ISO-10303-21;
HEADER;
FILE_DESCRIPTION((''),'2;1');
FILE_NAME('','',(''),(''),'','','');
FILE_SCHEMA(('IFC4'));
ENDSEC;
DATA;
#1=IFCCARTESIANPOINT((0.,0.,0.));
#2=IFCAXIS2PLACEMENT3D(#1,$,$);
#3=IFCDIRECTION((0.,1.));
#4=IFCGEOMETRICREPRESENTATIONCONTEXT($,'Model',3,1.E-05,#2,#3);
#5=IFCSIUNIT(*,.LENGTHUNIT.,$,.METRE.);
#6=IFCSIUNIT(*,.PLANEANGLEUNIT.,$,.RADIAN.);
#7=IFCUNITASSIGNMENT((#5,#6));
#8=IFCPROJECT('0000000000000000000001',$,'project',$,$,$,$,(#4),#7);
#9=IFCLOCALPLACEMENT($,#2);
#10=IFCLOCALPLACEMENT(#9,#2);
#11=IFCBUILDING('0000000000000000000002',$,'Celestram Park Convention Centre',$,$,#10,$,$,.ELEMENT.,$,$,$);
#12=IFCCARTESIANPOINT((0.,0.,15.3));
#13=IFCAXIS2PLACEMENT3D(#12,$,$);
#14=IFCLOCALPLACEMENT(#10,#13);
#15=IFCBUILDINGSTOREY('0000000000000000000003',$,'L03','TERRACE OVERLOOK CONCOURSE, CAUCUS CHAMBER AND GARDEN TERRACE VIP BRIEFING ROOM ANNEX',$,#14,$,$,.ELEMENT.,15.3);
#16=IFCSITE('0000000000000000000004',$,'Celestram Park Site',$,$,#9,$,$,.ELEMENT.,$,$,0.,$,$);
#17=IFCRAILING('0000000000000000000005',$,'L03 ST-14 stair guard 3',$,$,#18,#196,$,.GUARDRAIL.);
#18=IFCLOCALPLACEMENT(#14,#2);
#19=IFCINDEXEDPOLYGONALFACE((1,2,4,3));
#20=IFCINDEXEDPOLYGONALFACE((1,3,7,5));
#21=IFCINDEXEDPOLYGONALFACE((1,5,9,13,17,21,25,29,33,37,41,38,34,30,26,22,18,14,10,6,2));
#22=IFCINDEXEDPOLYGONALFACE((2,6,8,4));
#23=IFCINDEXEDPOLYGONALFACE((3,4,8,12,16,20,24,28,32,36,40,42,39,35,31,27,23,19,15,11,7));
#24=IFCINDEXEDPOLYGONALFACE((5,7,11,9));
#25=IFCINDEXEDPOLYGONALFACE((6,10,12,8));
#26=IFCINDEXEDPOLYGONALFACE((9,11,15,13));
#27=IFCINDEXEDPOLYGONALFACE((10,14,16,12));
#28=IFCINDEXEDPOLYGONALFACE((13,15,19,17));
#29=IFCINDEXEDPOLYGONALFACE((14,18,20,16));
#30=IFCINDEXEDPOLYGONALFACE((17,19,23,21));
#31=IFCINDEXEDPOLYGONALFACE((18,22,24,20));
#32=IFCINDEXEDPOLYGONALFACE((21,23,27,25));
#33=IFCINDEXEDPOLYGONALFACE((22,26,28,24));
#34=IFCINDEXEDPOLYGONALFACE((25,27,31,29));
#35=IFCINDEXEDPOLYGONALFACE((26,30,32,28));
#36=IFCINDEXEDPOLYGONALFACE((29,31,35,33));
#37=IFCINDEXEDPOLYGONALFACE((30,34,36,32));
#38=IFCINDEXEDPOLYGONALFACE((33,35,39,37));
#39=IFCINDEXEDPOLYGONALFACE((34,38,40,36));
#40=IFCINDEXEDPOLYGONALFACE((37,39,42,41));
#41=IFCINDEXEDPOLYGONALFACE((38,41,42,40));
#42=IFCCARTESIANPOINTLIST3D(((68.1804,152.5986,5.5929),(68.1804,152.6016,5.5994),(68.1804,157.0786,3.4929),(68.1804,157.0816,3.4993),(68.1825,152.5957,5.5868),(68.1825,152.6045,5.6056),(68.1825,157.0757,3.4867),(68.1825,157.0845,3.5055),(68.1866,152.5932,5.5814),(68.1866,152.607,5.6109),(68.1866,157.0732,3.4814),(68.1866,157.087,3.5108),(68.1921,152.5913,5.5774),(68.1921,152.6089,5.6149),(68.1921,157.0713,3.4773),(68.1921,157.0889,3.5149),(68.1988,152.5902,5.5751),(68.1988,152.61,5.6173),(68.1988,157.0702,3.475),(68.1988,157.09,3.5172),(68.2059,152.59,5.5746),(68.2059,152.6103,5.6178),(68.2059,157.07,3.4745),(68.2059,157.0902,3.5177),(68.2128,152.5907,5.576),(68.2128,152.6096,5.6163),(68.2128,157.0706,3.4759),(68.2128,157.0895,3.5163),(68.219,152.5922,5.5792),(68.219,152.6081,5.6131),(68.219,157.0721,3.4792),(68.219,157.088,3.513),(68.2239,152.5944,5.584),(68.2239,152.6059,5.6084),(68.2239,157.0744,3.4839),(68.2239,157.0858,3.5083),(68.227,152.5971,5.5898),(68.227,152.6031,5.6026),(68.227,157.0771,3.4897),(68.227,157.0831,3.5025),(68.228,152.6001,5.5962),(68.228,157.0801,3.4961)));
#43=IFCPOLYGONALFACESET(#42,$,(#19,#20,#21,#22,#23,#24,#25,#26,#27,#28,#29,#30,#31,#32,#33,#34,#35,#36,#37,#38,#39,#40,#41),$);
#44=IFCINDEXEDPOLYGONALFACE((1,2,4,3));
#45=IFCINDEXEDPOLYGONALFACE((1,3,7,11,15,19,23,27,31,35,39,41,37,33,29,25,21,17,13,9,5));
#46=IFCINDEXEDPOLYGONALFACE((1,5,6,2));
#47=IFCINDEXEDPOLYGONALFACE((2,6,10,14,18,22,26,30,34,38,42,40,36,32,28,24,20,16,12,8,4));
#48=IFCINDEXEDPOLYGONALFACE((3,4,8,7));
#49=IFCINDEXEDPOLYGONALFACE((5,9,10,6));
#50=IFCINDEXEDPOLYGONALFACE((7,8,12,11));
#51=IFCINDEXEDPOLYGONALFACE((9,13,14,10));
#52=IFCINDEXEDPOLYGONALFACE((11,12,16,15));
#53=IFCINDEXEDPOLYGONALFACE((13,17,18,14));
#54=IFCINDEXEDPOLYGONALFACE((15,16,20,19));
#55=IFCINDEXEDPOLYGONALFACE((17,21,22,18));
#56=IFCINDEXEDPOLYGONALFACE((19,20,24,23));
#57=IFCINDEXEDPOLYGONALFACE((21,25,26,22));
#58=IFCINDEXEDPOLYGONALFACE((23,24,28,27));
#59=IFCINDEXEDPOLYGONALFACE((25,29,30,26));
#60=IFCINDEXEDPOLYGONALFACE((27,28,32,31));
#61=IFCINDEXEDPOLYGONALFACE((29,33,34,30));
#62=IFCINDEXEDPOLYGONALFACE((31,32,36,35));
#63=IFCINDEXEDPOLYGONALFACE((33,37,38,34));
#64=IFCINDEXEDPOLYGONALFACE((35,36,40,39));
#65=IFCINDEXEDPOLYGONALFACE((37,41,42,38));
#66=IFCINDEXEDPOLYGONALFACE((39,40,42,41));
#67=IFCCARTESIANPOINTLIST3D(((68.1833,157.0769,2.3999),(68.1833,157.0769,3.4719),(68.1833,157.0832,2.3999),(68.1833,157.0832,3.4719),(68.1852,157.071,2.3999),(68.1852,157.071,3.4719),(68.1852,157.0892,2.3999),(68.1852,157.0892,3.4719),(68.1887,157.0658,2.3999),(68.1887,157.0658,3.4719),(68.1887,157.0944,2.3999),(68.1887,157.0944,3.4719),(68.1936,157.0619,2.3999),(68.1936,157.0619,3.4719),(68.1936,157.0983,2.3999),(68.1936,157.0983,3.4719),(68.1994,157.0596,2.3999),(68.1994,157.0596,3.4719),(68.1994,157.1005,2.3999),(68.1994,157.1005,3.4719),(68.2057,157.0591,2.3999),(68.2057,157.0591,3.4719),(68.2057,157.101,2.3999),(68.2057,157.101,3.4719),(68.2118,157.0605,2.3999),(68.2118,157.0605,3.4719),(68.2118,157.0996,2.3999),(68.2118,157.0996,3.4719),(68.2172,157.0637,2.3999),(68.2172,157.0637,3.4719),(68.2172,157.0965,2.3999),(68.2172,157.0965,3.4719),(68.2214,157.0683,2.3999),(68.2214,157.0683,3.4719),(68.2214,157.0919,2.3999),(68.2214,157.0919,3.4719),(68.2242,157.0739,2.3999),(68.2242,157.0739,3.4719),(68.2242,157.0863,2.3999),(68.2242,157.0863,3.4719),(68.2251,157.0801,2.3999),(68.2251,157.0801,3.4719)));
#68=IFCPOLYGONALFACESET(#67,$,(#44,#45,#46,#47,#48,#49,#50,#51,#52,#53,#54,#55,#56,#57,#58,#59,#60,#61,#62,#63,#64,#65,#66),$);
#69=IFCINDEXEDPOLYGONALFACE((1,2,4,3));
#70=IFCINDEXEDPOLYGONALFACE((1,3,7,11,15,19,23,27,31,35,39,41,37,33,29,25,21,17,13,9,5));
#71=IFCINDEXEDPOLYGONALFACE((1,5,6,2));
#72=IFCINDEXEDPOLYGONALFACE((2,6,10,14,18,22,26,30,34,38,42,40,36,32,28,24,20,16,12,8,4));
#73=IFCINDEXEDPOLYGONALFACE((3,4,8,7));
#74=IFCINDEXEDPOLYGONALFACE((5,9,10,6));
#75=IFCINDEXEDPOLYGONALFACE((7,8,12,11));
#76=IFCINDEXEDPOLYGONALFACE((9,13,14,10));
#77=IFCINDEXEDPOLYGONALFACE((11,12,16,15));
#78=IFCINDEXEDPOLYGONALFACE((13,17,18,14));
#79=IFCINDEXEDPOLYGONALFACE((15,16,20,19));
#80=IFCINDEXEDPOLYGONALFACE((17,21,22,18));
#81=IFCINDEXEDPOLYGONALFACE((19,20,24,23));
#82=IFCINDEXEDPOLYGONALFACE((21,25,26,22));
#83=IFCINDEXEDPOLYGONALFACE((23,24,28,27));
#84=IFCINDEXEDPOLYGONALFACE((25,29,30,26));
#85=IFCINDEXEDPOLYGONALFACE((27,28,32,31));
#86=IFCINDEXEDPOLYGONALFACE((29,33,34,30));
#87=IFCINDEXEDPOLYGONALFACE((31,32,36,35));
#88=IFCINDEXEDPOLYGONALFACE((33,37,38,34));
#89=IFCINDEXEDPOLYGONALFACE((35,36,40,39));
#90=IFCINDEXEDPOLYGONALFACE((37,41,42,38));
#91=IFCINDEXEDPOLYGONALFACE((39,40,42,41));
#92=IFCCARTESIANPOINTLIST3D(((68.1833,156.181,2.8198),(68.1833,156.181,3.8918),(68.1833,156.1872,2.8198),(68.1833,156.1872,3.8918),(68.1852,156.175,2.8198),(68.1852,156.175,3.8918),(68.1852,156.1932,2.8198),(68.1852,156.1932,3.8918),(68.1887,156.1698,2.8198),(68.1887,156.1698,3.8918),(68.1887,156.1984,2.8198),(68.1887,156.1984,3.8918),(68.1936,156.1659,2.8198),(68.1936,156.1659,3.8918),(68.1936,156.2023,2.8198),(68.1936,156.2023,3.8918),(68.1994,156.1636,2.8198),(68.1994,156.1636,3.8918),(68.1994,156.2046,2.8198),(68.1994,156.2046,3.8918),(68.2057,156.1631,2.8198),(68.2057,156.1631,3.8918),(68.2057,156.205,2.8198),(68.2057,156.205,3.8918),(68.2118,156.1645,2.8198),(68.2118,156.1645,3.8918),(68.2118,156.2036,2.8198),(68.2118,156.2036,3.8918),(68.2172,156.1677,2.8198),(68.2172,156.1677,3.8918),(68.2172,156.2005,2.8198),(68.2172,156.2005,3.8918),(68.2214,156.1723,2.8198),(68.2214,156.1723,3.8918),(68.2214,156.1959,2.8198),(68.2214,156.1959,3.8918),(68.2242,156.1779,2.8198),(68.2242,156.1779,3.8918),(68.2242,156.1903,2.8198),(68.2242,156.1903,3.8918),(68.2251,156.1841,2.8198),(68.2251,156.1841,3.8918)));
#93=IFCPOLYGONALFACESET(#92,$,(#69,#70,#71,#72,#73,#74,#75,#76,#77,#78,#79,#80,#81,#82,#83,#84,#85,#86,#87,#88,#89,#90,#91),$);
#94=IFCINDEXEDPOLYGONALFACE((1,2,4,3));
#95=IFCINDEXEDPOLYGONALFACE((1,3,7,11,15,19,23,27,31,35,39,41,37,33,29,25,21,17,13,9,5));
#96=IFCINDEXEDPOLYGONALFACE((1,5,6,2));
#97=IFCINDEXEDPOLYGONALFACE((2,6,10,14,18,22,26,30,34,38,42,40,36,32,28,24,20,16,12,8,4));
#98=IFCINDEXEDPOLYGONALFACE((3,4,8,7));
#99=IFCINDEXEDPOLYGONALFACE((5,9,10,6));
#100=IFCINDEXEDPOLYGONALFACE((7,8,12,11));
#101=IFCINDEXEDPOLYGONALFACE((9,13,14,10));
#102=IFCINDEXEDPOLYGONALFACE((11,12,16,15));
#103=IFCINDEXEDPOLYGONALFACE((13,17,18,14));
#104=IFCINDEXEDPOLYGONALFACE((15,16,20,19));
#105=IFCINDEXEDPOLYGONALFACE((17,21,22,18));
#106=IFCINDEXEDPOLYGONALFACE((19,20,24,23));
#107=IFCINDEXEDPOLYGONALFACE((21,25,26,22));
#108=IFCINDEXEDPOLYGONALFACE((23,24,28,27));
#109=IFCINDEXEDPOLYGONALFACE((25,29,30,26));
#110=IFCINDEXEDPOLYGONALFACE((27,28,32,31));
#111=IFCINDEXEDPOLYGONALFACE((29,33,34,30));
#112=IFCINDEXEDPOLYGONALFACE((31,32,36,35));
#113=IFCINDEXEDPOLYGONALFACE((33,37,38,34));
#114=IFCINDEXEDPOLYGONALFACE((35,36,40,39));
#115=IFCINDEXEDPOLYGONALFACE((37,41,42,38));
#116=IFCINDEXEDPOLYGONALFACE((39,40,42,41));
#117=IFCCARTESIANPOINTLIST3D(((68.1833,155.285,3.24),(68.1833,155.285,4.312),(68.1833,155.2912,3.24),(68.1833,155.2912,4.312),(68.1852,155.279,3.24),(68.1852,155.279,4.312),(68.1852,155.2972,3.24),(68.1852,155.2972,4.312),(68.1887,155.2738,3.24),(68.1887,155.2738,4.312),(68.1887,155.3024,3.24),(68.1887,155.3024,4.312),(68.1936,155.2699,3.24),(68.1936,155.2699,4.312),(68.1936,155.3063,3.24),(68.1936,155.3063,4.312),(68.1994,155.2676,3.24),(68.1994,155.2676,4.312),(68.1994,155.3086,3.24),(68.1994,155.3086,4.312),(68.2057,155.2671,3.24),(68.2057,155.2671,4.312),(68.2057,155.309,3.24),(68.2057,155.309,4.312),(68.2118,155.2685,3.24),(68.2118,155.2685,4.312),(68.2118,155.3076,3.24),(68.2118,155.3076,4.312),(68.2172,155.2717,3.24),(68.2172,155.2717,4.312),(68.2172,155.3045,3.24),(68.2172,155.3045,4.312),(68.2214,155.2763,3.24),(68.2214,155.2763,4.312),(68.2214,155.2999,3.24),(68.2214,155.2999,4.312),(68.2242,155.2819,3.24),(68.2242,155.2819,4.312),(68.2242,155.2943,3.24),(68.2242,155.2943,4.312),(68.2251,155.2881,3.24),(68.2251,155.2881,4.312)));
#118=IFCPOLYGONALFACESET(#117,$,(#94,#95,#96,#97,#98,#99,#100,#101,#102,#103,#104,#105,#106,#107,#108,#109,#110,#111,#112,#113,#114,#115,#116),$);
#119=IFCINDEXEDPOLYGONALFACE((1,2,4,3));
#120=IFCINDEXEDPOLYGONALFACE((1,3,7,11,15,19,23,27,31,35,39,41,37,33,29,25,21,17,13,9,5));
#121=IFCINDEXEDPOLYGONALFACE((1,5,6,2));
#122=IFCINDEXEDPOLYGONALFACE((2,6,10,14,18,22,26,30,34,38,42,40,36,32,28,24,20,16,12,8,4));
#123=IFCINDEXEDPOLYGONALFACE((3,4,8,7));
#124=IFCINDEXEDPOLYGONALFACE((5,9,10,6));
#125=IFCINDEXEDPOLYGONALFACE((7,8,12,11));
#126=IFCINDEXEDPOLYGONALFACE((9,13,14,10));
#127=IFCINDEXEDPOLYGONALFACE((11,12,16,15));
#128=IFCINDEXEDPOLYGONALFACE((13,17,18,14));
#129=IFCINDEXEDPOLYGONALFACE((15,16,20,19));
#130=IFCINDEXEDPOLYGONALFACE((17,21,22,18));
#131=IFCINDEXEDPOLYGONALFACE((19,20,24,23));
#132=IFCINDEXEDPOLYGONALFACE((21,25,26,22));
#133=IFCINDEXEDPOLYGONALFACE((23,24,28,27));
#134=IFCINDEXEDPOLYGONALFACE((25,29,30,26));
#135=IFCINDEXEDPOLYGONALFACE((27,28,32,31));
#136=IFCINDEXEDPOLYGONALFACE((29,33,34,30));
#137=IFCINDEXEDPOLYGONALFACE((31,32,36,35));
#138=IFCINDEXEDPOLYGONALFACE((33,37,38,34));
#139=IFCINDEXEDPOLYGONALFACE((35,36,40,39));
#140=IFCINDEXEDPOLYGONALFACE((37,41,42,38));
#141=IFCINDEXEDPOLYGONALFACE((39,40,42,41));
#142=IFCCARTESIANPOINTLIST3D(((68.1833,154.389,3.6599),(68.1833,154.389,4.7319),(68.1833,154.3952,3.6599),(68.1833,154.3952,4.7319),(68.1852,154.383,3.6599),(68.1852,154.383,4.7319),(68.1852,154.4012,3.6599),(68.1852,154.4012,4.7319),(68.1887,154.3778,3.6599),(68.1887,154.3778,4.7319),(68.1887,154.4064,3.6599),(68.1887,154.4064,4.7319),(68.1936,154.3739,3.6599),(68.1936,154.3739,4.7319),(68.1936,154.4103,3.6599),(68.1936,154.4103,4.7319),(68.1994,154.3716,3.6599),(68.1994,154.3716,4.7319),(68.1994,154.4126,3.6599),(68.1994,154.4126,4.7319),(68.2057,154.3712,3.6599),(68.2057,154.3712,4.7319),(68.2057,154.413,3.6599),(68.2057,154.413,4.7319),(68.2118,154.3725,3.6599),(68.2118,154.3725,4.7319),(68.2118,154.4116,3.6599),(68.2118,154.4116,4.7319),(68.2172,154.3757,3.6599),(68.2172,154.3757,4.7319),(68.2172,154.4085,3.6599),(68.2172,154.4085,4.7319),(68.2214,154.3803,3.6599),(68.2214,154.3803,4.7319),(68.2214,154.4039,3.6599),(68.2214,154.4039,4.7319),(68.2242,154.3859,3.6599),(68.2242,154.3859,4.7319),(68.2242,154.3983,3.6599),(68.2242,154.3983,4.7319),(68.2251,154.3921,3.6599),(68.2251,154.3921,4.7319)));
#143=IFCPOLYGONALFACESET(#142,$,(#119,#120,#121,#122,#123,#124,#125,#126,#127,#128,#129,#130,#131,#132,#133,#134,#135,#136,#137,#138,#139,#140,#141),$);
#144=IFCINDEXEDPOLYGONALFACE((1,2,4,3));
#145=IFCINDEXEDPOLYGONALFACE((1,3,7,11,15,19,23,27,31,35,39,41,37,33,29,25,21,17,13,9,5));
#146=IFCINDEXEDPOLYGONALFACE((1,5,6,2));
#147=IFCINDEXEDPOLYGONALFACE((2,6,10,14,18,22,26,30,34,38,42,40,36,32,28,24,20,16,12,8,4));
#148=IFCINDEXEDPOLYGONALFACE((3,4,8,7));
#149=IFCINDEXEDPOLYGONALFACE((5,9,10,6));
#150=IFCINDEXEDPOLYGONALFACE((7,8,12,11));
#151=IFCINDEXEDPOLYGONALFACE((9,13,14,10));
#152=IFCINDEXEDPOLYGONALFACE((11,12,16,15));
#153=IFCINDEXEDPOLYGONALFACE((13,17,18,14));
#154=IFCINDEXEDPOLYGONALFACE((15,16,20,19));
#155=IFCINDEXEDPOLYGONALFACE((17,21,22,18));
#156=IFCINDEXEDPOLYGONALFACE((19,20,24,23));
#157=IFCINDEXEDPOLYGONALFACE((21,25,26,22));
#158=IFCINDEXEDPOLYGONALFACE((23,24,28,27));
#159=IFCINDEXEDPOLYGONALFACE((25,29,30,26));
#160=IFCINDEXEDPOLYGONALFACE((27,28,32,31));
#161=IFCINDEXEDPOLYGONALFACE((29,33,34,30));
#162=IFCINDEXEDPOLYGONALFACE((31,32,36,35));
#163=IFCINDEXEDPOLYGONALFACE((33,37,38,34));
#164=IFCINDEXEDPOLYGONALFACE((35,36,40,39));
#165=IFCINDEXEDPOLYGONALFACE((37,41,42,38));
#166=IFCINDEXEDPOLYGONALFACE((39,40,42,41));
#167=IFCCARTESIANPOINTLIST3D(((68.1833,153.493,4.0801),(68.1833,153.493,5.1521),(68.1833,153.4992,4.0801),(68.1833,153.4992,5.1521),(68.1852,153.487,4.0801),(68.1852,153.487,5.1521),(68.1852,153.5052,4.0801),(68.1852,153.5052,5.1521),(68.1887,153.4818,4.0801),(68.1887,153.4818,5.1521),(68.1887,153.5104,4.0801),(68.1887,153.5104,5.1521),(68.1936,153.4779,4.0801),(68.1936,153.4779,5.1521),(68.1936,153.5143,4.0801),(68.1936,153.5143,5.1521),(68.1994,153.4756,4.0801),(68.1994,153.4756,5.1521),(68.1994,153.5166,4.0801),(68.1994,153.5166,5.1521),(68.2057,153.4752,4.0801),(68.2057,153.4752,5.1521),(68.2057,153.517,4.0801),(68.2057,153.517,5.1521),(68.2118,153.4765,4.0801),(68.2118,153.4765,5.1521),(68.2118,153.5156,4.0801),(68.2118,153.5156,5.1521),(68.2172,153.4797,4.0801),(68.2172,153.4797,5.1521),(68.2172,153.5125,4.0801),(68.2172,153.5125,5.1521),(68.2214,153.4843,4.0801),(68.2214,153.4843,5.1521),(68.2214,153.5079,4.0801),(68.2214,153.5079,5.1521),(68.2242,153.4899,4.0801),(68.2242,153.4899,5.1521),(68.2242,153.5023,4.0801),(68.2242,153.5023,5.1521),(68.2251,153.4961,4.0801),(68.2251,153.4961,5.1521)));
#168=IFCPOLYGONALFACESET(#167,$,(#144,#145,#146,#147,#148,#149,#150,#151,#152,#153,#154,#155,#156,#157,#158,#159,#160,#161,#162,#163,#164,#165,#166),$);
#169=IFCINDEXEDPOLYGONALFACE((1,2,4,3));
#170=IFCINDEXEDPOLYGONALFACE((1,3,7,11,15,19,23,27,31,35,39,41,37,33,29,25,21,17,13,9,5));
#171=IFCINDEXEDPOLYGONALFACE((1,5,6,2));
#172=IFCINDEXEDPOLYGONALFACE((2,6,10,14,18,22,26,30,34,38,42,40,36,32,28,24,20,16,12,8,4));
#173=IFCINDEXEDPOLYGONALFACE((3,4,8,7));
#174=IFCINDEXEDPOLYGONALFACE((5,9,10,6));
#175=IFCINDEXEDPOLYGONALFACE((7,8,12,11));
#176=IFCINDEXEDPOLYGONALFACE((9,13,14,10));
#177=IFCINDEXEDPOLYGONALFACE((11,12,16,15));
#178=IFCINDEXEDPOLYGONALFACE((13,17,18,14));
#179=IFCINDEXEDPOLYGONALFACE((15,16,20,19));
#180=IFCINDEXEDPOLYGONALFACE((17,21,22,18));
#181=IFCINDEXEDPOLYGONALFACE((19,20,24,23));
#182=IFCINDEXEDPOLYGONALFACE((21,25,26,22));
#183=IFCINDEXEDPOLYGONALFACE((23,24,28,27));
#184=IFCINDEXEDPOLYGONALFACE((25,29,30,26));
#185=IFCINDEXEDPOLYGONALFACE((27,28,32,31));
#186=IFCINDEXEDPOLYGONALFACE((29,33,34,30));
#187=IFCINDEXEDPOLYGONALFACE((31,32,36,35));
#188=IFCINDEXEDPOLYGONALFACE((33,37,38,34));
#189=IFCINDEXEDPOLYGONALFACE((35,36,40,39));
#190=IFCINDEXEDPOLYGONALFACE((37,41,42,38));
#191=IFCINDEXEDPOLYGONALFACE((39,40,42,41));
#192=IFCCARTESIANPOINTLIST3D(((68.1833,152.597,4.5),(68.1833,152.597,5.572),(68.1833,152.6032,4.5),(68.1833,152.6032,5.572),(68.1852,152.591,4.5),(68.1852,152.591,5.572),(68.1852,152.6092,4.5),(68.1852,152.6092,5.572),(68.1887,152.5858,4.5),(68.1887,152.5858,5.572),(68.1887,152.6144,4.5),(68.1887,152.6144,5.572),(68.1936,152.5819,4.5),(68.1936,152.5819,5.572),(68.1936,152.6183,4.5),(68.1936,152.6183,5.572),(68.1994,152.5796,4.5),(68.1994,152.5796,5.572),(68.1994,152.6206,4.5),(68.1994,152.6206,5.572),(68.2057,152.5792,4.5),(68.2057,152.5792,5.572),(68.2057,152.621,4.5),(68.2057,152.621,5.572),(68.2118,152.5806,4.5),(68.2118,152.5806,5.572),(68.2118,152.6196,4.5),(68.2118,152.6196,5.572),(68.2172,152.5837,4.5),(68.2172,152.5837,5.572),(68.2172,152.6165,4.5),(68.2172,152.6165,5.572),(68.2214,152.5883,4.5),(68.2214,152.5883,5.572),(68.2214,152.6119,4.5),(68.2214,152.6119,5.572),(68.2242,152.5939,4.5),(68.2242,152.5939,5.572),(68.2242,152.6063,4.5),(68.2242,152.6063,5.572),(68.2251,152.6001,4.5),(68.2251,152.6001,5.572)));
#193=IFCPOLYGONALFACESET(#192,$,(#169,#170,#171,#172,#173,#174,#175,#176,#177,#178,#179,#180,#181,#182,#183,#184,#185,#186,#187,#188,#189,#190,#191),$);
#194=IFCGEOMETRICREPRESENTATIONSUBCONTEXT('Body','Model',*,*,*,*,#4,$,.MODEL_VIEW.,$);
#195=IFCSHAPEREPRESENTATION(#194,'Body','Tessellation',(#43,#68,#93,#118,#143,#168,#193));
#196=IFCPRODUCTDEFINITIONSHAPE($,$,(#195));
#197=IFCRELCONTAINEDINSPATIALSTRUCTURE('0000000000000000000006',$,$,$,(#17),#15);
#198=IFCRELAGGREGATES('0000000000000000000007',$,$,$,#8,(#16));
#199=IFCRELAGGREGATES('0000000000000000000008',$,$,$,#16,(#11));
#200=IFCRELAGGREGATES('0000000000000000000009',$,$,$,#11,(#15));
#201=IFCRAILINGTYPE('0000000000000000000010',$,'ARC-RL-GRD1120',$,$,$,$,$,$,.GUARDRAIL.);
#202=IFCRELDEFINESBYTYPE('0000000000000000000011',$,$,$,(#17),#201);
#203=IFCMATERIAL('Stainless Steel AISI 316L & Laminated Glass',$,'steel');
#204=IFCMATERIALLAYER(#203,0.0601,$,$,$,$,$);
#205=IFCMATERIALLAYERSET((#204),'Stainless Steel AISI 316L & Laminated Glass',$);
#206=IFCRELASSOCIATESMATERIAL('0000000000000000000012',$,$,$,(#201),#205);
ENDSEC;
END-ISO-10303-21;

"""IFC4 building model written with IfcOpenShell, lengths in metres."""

from ifc_helpers import new_model, si_unit, direction, frame, origin, origin_2d, place, context, subcontext, project, spatial, circle, extrude, material, layer, layer_set, type_object, element, save


model = new_model("IFC4")

# Units and contexts
model_context = context("Model", 3, precision=1e-05, world=origin(), true_north=direction((0.0, 1.0)))
body_context = subcontext(model_context, "Body", "Model", "MODEL_VIEW")
ifc_project = project(units=[si_unit("LENGTHUNIT", "METRE"), si_unit("PLANEANGLEUNIT", "RADIAN")], contexts=[model_context])

# Site, building, storey
site_placement = place(None, origin())
site = spatial("IfcSite", under=ifc_project, at=site_placement, Name="Celestram Park Site", CompositionType="ELEMENT", RefElevation=0.0)
building_placement = place(site_placement, origin())
building = spatial("IfcBuilding", under=site, at=building_placement, Name="Celestram Park Convention Centre", CompositionType="ELEMENT")
storey_placement = place(building_placement, frame((0.0, 0.0, 15.3)))
storey = spatial("IfcBuildingStorey", under=building, at=storey_placement, Name="L03", Description="TERRACE OVERLOOK CONCOURSE, CAUCUS CHAMBER AND GARDEN TERRACE VIP BRIEFING ROOM ANNEX", CompositionType="ELEMENT", Elevation=15.3)

# Railing
ifc_material_1 = material(Name="Stainless Steel AISI 316L & Laminated Glass", Category="steel")
ifc_layer_1 = layer(ifc_material_1, 0.0601)
ifc_layer_set_1 = layer_set([ifc_layer_1], Name="Stainless Steel AISI 316L & Laminated Glass")
railing_type_1 = type_object("IfcRailingType", Name="ARC-RL-GRD1120", PredefinedType="GUARDRAIL", material=ifc_layer_set_1)
railing_1_placement = place(storey_placement, frame((68.2041, 157.0801, 2.3999)))
element("IfcRailing", 1, at=railing_1_placement, inside=storey, type_object=railing_type_1, Name="L03 ST-14 stair guard 3", PredefinedType="GUARDRAIL", context=body_context, shape_type="SweptSolid", body=[
    extrude(circle(Radius=0.0239, at=origin_2d()), frame((0.0, 0.0, 1.0962), z_axis=(0.0, -0.905451, 0.424452), x_axis=(1.0, 0.0, 0.0)), (0.0, 0.0, 1.0), 4.9478),
    extrude(circle(Radius=0.021, at=origin_2d()), origin(), (0.0, 0.0, 1.0), 1.072),
    extrude(circle(Radius=0.021, at=origin_2d()), frame((0.0, -0.896, 0.4199)), (0.0, 0.0, 1.0), 1.072),
    extrude(circle(Radius=0.021, at=origin_2d()), frame((0.0, -1.792, 0.8401)), (0.0, 0.0, 1.0), 1.072),
    extrude(circle(Radius=0.021, at=origin_2d()), frame((0.0, -2.688, 1.26)), (0.0, 0.0, 1.0), 1.072),
    extrude(circle(Radius=0.021, at=origin_2d()), frame((0.0, -3.584, 1.6802)), (0.0, 0.0, 1.0), 1.072),
    extrude(circle(Radius=0.021, at=origin_2d()), frame((0.0, -4.48, 2.1001)), (0.0, 0.0, 1.0), 1.072),
])

save(model, "model.ifc")
